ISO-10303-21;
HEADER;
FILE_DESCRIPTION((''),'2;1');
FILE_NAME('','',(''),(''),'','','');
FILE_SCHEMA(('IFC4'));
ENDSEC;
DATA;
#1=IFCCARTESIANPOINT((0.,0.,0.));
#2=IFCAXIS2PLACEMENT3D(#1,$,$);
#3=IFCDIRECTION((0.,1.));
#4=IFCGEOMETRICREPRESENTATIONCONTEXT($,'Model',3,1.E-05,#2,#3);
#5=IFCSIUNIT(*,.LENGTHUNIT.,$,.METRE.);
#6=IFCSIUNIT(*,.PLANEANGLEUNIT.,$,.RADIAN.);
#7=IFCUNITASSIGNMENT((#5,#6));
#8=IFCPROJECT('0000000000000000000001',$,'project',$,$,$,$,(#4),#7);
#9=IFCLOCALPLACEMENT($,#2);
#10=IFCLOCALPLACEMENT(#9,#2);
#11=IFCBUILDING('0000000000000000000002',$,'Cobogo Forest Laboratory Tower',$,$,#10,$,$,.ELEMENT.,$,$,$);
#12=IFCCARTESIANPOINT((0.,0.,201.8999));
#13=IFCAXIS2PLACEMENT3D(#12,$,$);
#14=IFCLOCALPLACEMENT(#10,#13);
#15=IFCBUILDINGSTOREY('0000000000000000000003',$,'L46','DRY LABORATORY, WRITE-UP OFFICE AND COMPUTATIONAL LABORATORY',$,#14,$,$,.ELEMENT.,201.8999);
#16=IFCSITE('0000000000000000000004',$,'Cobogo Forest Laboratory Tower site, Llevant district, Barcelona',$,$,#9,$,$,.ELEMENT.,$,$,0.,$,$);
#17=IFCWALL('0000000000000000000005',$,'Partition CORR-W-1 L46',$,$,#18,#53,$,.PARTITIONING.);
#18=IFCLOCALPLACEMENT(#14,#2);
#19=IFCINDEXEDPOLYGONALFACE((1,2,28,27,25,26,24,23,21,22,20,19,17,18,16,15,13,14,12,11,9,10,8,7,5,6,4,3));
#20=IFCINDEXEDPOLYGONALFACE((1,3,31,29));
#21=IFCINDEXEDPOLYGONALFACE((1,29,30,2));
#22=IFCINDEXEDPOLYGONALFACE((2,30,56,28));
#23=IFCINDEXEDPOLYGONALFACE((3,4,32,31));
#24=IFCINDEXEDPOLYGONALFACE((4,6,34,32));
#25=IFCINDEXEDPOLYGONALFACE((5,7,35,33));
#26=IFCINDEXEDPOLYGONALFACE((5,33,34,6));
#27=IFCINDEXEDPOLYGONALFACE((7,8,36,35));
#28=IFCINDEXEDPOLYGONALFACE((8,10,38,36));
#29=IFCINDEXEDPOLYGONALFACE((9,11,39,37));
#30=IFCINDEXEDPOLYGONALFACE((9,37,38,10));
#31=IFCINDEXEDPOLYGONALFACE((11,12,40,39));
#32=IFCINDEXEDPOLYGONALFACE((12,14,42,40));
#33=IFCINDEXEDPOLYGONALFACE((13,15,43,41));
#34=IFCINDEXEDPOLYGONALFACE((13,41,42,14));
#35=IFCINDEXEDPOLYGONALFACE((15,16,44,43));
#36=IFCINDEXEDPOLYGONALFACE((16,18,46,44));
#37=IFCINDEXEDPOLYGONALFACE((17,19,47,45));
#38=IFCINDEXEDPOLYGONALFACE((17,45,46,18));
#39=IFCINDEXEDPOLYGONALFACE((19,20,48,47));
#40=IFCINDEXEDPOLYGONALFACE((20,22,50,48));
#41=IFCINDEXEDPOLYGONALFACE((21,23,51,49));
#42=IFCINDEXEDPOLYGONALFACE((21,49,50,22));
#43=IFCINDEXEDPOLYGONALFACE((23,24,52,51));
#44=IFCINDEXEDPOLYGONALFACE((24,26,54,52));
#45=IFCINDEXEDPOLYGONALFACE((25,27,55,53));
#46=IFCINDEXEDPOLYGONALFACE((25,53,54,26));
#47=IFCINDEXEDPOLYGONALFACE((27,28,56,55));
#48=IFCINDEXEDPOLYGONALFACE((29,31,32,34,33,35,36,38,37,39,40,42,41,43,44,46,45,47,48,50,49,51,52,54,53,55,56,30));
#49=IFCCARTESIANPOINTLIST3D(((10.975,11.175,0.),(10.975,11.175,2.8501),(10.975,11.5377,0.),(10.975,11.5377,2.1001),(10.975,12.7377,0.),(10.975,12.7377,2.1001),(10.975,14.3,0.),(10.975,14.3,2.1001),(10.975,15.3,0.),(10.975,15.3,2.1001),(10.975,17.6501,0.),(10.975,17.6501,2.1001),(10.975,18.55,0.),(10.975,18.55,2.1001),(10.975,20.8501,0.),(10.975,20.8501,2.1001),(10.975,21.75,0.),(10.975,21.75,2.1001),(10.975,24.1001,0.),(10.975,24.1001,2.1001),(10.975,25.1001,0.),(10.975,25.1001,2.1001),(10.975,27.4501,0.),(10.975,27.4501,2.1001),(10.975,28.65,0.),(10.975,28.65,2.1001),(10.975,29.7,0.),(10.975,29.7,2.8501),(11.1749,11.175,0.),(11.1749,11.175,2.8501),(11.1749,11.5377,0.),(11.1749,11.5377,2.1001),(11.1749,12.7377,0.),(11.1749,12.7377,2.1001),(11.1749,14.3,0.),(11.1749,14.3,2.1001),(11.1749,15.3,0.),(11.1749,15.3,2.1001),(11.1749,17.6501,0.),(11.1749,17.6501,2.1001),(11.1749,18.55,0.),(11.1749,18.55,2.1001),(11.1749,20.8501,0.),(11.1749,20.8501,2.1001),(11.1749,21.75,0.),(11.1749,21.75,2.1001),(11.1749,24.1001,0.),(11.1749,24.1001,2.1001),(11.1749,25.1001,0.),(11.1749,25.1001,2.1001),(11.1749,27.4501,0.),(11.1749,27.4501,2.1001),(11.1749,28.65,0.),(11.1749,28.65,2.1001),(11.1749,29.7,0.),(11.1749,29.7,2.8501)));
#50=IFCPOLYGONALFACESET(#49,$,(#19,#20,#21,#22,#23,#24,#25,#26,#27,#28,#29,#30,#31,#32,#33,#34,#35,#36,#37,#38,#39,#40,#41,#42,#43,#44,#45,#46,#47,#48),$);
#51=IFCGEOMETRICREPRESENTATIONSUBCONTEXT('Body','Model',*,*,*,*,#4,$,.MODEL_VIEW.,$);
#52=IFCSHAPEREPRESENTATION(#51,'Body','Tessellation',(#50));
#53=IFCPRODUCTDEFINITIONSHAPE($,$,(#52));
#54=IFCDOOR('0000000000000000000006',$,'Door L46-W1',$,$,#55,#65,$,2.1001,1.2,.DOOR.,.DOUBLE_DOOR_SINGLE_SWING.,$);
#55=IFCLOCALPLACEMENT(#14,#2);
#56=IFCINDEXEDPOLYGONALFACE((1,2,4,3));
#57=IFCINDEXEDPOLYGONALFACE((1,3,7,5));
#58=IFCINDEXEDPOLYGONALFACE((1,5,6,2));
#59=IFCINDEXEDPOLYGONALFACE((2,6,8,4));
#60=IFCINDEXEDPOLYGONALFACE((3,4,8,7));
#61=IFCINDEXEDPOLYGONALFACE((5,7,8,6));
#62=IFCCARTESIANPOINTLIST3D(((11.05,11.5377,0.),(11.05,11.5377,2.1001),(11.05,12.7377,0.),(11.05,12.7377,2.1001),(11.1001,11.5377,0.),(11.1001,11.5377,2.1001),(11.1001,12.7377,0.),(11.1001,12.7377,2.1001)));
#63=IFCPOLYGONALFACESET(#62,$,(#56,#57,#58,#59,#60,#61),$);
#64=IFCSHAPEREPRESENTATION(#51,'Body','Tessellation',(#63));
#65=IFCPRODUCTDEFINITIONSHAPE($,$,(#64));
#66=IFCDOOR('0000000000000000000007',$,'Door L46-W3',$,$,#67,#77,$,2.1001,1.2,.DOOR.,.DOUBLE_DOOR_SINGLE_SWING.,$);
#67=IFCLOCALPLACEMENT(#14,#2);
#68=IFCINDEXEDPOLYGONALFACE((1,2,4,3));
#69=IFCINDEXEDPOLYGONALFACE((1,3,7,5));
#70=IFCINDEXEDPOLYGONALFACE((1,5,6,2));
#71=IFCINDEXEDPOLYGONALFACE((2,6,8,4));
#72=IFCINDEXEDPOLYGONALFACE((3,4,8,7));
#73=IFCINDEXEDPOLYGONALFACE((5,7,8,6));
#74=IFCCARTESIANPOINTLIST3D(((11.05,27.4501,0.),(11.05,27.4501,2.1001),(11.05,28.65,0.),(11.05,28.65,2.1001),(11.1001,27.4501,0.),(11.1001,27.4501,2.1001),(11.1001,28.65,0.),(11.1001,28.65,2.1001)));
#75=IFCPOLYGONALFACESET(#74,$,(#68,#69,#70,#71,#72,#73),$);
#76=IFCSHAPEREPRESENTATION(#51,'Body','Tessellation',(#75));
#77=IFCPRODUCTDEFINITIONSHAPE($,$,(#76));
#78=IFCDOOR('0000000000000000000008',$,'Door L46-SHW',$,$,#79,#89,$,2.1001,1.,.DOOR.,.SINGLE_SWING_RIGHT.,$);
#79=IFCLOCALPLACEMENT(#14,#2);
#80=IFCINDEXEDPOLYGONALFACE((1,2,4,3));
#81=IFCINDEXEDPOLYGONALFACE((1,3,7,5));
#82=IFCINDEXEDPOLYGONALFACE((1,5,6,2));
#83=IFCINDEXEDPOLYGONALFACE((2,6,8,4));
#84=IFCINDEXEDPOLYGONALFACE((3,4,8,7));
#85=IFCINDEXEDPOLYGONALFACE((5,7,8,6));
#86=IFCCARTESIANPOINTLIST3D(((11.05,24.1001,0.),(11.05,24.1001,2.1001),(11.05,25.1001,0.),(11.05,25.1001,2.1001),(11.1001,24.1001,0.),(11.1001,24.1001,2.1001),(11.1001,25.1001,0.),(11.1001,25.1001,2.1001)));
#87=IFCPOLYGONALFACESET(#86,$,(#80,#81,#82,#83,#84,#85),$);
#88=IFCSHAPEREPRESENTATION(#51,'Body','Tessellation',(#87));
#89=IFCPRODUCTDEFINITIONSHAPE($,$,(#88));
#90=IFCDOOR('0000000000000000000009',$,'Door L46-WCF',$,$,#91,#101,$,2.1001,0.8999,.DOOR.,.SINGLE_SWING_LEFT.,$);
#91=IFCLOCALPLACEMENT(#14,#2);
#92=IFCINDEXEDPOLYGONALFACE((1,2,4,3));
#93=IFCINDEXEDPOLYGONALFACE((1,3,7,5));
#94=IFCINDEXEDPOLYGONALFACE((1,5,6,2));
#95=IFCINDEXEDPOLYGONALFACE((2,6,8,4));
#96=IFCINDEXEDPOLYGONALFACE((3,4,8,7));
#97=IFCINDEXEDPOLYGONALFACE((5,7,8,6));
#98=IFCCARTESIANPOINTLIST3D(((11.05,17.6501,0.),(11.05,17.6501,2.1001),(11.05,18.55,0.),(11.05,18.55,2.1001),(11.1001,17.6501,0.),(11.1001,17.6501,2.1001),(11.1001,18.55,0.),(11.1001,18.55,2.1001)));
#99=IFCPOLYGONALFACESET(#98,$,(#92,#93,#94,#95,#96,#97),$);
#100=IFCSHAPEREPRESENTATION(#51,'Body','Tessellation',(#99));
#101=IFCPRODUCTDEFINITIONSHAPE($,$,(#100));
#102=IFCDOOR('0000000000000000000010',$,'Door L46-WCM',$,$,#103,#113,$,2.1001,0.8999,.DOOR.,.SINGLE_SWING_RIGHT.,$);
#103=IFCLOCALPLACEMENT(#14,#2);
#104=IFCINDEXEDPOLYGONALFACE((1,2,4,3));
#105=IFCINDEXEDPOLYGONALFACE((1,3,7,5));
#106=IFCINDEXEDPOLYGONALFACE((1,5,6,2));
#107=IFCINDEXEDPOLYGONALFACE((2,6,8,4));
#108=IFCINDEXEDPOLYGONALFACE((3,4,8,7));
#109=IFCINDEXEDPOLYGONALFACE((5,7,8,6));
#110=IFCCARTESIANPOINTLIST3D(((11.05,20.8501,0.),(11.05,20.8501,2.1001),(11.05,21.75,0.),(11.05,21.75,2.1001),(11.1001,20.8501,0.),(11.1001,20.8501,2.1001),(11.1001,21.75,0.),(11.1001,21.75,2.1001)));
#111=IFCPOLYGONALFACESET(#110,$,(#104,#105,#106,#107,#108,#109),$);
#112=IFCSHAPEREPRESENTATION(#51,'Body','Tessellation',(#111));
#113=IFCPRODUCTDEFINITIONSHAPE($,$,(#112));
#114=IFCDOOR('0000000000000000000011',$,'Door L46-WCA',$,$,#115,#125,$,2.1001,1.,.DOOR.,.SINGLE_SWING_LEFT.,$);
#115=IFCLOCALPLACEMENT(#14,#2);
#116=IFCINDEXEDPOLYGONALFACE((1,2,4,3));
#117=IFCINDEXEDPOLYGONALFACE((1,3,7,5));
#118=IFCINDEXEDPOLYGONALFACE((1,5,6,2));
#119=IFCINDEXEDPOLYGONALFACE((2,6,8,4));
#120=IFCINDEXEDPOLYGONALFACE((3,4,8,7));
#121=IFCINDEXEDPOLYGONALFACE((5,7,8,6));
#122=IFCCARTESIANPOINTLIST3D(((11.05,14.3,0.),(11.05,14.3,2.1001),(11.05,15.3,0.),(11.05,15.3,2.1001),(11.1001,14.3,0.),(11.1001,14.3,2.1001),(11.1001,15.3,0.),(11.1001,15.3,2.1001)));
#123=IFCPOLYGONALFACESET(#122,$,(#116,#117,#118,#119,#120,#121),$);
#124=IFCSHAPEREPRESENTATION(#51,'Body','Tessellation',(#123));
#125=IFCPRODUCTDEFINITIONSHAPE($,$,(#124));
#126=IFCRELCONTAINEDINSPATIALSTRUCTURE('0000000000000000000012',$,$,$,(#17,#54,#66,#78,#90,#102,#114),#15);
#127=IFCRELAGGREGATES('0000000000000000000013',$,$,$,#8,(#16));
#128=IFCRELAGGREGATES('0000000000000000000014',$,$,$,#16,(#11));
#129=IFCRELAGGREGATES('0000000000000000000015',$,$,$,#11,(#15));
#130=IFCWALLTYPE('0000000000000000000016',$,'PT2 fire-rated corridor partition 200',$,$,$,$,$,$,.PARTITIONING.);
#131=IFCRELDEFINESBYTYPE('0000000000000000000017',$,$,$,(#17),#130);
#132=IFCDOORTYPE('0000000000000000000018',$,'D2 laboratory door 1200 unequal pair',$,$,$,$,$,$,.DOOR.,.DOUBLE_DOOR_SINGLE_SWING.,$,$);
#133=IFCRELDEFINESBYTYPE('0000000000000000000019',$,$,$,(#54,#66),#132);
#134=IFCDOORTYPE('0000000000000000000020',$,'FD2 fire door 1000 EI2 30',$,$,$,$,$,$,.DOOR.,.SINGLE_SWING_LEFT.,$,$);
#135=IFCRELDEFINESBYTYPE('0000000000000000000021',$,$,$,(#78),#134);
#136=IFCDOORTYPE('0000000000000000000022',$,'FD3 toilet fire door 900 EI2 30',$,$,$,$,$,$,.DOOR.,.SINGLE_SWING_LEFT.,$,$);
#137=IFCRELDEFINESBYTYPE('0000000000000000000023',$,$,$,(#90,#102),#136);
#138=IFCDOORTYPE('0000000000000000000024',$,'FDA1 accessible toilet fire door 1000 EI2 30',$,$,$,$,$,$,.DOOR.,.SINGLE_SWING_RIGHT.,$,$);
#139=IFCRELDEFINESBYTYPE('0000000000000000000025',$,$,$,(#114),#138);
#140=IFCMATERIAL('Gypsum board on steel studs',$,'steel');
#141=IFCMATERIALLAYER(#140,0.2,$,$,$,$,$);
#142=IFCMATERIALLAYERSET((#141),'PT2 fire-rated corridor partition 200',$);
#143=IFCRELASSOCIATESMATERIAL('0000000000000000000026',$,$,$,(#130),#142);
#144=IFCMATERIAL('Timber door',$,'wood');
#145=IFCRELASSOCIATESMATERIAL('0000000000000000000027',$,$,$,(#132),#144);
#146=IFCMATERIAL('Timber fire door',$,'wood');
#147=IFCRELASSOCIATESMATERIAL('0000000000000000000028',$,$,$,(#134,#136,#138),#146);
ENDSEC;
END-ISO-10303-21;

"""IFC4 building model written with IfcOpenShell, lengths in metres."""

from ifc_helpers import new_model, si_unit, direction, frame, frame_2d, origin, place, context, subcontext, project, spatial, rectangle, extrude, material, layer, layer_set, type_object, element, fill, save


model = new_model("IFC4")

# Units and contexts
model_context = context("Model", 3, precision=1e-05, world=origin(), true_north=direction((0.0, 1.0)))
body_context = subcontext(model_context, "Body", "Model", "MODEL_VIEW")
ifc_project = project(units=[si_unit("LENGTHUNIT", "METRE"), si_unit("PLANEANGLEUNIT", "RADIAN")], contexts=[model_context])

# Site, building, storey
site_placement = place(None, origin())
site = spatial("IfcSite", under=ifc_project, at=site_placement, Name="Cobogo Forest Laboratory Tower site, Llevant district, Barcelona", CompositionType="ELEMENT", RefElevation=0.0)
building_placement = place(site_placement, origin())
building = spatial("IfcBuilding", under=site, at=building_placement, Name="Cobogo Forest Laboratory Tower", CompositionType="ELEMENT")
storey_placement = place(building_placement, frame((0.0, 0.0, 201.8999)))
storey = spatial("IfcBuildingStorey", under=building, at=storey_placement, Name="L46", Description="DRY LABORATORY, WRITE-UP OFFICE AND COMPUTATIONAL LABORATORY", CompositionType="ELEMENT", Elevation=201.8999)

# Shared definitions
ifc_material_1 = material(Name="Gypsum board on steel studs", Category="steel")

# Wall, openings, doors
ifc_layer_1 = layer(ifc_material_1, 0.2)
ifc_layer_set_1 = layer_set([ifc_layer_1], Name="PT2 fire-rated corridor partition 200")
wall_type_1 = type_object("IfcWallType", Name="PT2 fire-rated corridor partition 200", PredefinedType="PARTITIONING", material=ifc_layer_set_1)
ifc_material_2 = material(Name="Timber door", Category="wood")
door_type_1 = type_object("IfcDoorType", Name="D2 laboratory door 1200 unequal pair", OperationType="DOUBLE_DOOR_SINGLE_SWING", PredefinedType="DOOR", material=ifc_material_2)
wall_1_placement = place(storey_placement, frame((11.075, 11.175, 0.0), z_axis=(0.0, 0.0, 1.0), x_axis=(0.0, 1.0, 0.0)))
wall_1 = element("IfcWall", 1, at=wall_1_placement, inside=storey, type_object=wall_type_1, Name="Partition CORR-W-1 L46", PredefinedType="PARTITIONING", context=body_context, shape_type="SweptSolid", body=[
    extrude(rectangle(XDim=18.5249, YDim=0.2, at=frame_2d((9.2625, 0.0))), origin(), (0.0, 0.0, 1.0), 2.8501),
])
opening_1_placement = place(wall_1_placement, frame((0.3625, 0.0, 0.0)))
opening_1 = element("IfcOpeningElement", 2, at=opening_1_placement, cuts=wall_1, PredefinedType="OPENING", context=body_context, shape_type="SweptSolid", body=[
    extrude(rectangle(XDim=1.2, YDim=2.1001, at=frame_2d((0.6001, 1.05))), frame((0.0, 0.1099, 0.0), z_axis=(0.0, -1.0, 0.0), x_axis=(1.0, 0.0, 0.0)), (0.0, 0.0, 1.0), 0.22),
])
opening_2_placement = place(wall_1_placement, frame((3.125, 0.0, 0.0)))
opening_2 = element("IfcOpeningElement", 3, at=opening_2_placement, cuts=wall_1, PredefinedType="OPENING", context=body_context, shape_type="SweptSolid", body=[
    extrude(rectangle(XDim=1.0, YDim=2.1001, at=frame_2d((0.5, 1.05))), frame((0.0, 0.1099, 0.0), z_axis=(0.0, -1.0, 0.0), x_axis=(1.0, 0.0, 0.0)), (0.0, 0.0, 1.0), 0.22),
])
opening_3_placement = place(wall_1_placement, frame((6.4751, 0.0, 0.0)))
opening_3 = element("IfcOpeningElement", 4, at=opening_3_placement, cuts=wall_1, PredefinedType="OPENING", context=body_context, shape_type="SweptSolid", body=[
    extrude(rectangle(XDim=0.8999, YDim=2.1001, at=frame_2d((0.45, 1.05))), frame((0.0, 0.1099, 0.0), z_axis=(0.0, -1.0, 0.0), x_axis=(1.0, 0.0, 0.0)), (0.0, 0.0, 1.0), 0.22),
])
opening_4_placement = place(wall_1_placement, frame((9.675, 0.0, 0.0)))
opening_4 = element("IfcOpeningElement", 5, at=opening_4_placement, cuts=wall_1, PredefinedType="OPENING", context=body_context, shape_type="SweptSolid", body=[
    extrude(rectangle(XDim=0.8999, YDim=2.1001, at=frame_2d((0.45, 1.05))), frame((0.0, 0.1099, 0.0), z_axis=(0.0, -1.0, 0.0), x_axis=(1.0, 0.0, 0.0)), (0.0, 0.0, 1.0), 0.22),
])
opening_5_placement = place(wall_1_placement, frame((12.925, 0.0, 0.0)))
opening_5 = element("IfcOpeningElement", 6, at=opening_5_placement, cuts=wall_1, PredefinedType="OPENING", context=body_context, shape_type="SweptSolid", body=[
    extrude(rectangle(XDim=1.0, YDim=2.1001, at=frame_2d((0.5, 1.05))), frame((0.0, 0.1099, 0.0), z_axis=(0.0, -1.0, 0.0), x_axis=(1.0, 0.0, 0.0)), (0.0, 0.0, 1.0), 0.22),
])
opening_6_placement = place(wall_1_placement, frame((16.2749, 0.0, 0.0)))
opening_6 = element("IfcOpeningElement", 7, at=opening_6_placement, cuts=wall_1, PredefinedType="OPENING", context=body_context, shape_type="SweptSolid", body=[
    extrude(rectangle(XDim=1.2, YDim=2.1001, at=frame_2d((0.6001, 1.05))), frame((0.0, 0.1099, 0.0), z_axis=(0.0, -1.0, 0.0), x_axis=(1.0, 0.0, 0.0)), (0.0, 0.0, 1.0), 0.22),
])
door_1_placement = place(opening_1_placement, origin())
door_1 = element("IfcDoor", 8, at=door_1_placement, inside=storey, type_object=door_type_1, Name="Door L46-W1", OperationType="DOUBLE_DOOR_SINGLE_SWING", OverallHeight=2.1001, OverallWidth=1.2, PredefinedType="DOOR", context=body_context, shape_type="SweptSolid", body=[
    extrude(rectangle(XDim=1.2, YDim=2.1001, at=frame_2d((0.6001, 1.05))), frame((0.0, 0.0249, 0.0), z_axis=(0.0, -1.0, 0.0), x_axis=(1.0, 0.0, 0.0)), (0.0, 0.0, 1.0), 0.05),
])
fill(opening_1, door_1)
door_2_placement = place(opening_6_placement, origin())
door_2 = element("IfcDoor", 9, at=door_2_placement, inside=storey, type_object=door_type_1, Name="Door L46-W3", OperationType="DOUBLE_DOOR_SINGLE_SWING", OverallHeight=2.1001, OverallWidth=1.2, PredefinedType="DOOR", context=body_context, shape_type="SweptSolid", body=[
    extrude(rectangle(XDim=1.2, YDim=2.1001, at=frame_2d((0.6001, 1.05))), frame((0.0, 0.0249, 0.0), z_axis=(0.0, -1.0, 0.0), x_axis=(1.0, 0.0, 0.0)), (0.0, 0.0, 1.0), 0.05),
])
fill(opening_6, door_2)
ifc_material_3 = material(Name="Timber fire door", Category="wood")
door_type_2 = type_object("IfcDoorType", Name="FD2 fire door 1000 EI2 30", OperationType="SINGLE_SWING_LEFT", PredefinedType="DOOR", material=ifc_material_3)
door_3_placement = place(opening_5_placement, origin())
door_3 = element("IfcDoor", 10, at=door_3_placement, inside=storey, type_object=door_type_2, Name="Door L46-SHW", OperationType="SINGLE_SWING_RIGHT", OverallHeight=2.1001, OverallWidth=1.0, PredefinedType="DOOR", context=body_context, shape_type="SweptSolid", body=[
    extrude(rectangle(XDim=1.0, YDim=2.1001, at=frame_2d((0.5, 1.05))), frame((0.0, 0.0249, 0.0), z_axis=(0.0, -1.0, 0.0), x_axis=(1.0, 0.0, 0.0)), (0.0, 0.0, 1.0), 0.05),
])
fill(opening_5, door_3)
door_type_3 = type_object("IfcDoorType", Name="FD3 toilet fire door 900 EI2 30", OperationType="SINGLE_SWING_LEFT", PredefinedType="DOOR", material=ifc_material_3)
door_4_placement = place(opening_3_placement, origin())
door_4 = element("IfcDoor", 11, at=door_4_placement, inside=storey, type_object=door_type_3, Name="Door L46-WCF", OperationType="SINGLE_SWING_LEFT", OverallHeight=2.1001, OverallWidth=0.8999, PredefinedType="DOOR", context=body_context, shape_type="SweptSolid", body=[
    extrude(rectangle(XDim=0.8999, YDim=2.1001, at=frame_2d((0.45, 1.05))), frame((0.0, 0.0249, 0.0), z_axis=(0.0, -1.0, 0.0), x_axis=(1.0, 0.0, 0.0)), (0.0, 0.0, 1.0), 0.05),
])
fill(opening_3, door_4)
door_5_placement = place(opening_4_placement, origin())
door_5 = element("IfcDoor", 12, at=door_5_placement, inside=storey, type_object=door_type_3, Name="Door L46-WCM", OperationType="SINGLE_SWING_RIGHT", OverallHeight=2.1001, OverallWidth=0.8999, PredefinedType="DOOR", context=body_context, shape_type="SweptSolid", body=[
    extrude(rectangle(XDim=0.8999, YDim=2.1001, at=frame_2d((0.45, 1.05))), frame((0.0, 0.0249, 0.0), z_axis=(0.0, -1.0, 0.0), x_axis=(1.0, 0.0, 0.0)), (0.0, 0.0, 1.0), 0.05),
])
fill(opening_4, door_5)
door_type_4 = type_object("IfcDoorType", Name="FDA1 accessible toilet fire door 1000 EI2 30", OperationType="SINGLE_SWING_RIGHT", PredefinedType="DOOR", material=ifc_material_3)
door_6_placement = place(opening_2_placement, origin())
door_6 = element("IfcDoor", 13, at=door_6_placement, inside=storey, type_object=door_type_4, Name="Door L46-WCA", OperationType="SINGLE_SWING_LEFT", OverallHeight=2.1001, OverallWidth=1.0, PredefinedType="DOOR", context=body_context, shape_type="SweptSolid", body=[
    extrude(rectangle(XDim=1.0, YDim=2.1001, at=frame_2d((0.5, 1.05))), frame((0.0, 0.0249, 0.0), z_axis=(0.0, -1.0, 0.0), x_axis=(1.0, 0.0, 0.0)), (0.0, 0.0, 1.0), 0.05),
])
fill(opening_2, door_6)

save(model, "model.ifc")
